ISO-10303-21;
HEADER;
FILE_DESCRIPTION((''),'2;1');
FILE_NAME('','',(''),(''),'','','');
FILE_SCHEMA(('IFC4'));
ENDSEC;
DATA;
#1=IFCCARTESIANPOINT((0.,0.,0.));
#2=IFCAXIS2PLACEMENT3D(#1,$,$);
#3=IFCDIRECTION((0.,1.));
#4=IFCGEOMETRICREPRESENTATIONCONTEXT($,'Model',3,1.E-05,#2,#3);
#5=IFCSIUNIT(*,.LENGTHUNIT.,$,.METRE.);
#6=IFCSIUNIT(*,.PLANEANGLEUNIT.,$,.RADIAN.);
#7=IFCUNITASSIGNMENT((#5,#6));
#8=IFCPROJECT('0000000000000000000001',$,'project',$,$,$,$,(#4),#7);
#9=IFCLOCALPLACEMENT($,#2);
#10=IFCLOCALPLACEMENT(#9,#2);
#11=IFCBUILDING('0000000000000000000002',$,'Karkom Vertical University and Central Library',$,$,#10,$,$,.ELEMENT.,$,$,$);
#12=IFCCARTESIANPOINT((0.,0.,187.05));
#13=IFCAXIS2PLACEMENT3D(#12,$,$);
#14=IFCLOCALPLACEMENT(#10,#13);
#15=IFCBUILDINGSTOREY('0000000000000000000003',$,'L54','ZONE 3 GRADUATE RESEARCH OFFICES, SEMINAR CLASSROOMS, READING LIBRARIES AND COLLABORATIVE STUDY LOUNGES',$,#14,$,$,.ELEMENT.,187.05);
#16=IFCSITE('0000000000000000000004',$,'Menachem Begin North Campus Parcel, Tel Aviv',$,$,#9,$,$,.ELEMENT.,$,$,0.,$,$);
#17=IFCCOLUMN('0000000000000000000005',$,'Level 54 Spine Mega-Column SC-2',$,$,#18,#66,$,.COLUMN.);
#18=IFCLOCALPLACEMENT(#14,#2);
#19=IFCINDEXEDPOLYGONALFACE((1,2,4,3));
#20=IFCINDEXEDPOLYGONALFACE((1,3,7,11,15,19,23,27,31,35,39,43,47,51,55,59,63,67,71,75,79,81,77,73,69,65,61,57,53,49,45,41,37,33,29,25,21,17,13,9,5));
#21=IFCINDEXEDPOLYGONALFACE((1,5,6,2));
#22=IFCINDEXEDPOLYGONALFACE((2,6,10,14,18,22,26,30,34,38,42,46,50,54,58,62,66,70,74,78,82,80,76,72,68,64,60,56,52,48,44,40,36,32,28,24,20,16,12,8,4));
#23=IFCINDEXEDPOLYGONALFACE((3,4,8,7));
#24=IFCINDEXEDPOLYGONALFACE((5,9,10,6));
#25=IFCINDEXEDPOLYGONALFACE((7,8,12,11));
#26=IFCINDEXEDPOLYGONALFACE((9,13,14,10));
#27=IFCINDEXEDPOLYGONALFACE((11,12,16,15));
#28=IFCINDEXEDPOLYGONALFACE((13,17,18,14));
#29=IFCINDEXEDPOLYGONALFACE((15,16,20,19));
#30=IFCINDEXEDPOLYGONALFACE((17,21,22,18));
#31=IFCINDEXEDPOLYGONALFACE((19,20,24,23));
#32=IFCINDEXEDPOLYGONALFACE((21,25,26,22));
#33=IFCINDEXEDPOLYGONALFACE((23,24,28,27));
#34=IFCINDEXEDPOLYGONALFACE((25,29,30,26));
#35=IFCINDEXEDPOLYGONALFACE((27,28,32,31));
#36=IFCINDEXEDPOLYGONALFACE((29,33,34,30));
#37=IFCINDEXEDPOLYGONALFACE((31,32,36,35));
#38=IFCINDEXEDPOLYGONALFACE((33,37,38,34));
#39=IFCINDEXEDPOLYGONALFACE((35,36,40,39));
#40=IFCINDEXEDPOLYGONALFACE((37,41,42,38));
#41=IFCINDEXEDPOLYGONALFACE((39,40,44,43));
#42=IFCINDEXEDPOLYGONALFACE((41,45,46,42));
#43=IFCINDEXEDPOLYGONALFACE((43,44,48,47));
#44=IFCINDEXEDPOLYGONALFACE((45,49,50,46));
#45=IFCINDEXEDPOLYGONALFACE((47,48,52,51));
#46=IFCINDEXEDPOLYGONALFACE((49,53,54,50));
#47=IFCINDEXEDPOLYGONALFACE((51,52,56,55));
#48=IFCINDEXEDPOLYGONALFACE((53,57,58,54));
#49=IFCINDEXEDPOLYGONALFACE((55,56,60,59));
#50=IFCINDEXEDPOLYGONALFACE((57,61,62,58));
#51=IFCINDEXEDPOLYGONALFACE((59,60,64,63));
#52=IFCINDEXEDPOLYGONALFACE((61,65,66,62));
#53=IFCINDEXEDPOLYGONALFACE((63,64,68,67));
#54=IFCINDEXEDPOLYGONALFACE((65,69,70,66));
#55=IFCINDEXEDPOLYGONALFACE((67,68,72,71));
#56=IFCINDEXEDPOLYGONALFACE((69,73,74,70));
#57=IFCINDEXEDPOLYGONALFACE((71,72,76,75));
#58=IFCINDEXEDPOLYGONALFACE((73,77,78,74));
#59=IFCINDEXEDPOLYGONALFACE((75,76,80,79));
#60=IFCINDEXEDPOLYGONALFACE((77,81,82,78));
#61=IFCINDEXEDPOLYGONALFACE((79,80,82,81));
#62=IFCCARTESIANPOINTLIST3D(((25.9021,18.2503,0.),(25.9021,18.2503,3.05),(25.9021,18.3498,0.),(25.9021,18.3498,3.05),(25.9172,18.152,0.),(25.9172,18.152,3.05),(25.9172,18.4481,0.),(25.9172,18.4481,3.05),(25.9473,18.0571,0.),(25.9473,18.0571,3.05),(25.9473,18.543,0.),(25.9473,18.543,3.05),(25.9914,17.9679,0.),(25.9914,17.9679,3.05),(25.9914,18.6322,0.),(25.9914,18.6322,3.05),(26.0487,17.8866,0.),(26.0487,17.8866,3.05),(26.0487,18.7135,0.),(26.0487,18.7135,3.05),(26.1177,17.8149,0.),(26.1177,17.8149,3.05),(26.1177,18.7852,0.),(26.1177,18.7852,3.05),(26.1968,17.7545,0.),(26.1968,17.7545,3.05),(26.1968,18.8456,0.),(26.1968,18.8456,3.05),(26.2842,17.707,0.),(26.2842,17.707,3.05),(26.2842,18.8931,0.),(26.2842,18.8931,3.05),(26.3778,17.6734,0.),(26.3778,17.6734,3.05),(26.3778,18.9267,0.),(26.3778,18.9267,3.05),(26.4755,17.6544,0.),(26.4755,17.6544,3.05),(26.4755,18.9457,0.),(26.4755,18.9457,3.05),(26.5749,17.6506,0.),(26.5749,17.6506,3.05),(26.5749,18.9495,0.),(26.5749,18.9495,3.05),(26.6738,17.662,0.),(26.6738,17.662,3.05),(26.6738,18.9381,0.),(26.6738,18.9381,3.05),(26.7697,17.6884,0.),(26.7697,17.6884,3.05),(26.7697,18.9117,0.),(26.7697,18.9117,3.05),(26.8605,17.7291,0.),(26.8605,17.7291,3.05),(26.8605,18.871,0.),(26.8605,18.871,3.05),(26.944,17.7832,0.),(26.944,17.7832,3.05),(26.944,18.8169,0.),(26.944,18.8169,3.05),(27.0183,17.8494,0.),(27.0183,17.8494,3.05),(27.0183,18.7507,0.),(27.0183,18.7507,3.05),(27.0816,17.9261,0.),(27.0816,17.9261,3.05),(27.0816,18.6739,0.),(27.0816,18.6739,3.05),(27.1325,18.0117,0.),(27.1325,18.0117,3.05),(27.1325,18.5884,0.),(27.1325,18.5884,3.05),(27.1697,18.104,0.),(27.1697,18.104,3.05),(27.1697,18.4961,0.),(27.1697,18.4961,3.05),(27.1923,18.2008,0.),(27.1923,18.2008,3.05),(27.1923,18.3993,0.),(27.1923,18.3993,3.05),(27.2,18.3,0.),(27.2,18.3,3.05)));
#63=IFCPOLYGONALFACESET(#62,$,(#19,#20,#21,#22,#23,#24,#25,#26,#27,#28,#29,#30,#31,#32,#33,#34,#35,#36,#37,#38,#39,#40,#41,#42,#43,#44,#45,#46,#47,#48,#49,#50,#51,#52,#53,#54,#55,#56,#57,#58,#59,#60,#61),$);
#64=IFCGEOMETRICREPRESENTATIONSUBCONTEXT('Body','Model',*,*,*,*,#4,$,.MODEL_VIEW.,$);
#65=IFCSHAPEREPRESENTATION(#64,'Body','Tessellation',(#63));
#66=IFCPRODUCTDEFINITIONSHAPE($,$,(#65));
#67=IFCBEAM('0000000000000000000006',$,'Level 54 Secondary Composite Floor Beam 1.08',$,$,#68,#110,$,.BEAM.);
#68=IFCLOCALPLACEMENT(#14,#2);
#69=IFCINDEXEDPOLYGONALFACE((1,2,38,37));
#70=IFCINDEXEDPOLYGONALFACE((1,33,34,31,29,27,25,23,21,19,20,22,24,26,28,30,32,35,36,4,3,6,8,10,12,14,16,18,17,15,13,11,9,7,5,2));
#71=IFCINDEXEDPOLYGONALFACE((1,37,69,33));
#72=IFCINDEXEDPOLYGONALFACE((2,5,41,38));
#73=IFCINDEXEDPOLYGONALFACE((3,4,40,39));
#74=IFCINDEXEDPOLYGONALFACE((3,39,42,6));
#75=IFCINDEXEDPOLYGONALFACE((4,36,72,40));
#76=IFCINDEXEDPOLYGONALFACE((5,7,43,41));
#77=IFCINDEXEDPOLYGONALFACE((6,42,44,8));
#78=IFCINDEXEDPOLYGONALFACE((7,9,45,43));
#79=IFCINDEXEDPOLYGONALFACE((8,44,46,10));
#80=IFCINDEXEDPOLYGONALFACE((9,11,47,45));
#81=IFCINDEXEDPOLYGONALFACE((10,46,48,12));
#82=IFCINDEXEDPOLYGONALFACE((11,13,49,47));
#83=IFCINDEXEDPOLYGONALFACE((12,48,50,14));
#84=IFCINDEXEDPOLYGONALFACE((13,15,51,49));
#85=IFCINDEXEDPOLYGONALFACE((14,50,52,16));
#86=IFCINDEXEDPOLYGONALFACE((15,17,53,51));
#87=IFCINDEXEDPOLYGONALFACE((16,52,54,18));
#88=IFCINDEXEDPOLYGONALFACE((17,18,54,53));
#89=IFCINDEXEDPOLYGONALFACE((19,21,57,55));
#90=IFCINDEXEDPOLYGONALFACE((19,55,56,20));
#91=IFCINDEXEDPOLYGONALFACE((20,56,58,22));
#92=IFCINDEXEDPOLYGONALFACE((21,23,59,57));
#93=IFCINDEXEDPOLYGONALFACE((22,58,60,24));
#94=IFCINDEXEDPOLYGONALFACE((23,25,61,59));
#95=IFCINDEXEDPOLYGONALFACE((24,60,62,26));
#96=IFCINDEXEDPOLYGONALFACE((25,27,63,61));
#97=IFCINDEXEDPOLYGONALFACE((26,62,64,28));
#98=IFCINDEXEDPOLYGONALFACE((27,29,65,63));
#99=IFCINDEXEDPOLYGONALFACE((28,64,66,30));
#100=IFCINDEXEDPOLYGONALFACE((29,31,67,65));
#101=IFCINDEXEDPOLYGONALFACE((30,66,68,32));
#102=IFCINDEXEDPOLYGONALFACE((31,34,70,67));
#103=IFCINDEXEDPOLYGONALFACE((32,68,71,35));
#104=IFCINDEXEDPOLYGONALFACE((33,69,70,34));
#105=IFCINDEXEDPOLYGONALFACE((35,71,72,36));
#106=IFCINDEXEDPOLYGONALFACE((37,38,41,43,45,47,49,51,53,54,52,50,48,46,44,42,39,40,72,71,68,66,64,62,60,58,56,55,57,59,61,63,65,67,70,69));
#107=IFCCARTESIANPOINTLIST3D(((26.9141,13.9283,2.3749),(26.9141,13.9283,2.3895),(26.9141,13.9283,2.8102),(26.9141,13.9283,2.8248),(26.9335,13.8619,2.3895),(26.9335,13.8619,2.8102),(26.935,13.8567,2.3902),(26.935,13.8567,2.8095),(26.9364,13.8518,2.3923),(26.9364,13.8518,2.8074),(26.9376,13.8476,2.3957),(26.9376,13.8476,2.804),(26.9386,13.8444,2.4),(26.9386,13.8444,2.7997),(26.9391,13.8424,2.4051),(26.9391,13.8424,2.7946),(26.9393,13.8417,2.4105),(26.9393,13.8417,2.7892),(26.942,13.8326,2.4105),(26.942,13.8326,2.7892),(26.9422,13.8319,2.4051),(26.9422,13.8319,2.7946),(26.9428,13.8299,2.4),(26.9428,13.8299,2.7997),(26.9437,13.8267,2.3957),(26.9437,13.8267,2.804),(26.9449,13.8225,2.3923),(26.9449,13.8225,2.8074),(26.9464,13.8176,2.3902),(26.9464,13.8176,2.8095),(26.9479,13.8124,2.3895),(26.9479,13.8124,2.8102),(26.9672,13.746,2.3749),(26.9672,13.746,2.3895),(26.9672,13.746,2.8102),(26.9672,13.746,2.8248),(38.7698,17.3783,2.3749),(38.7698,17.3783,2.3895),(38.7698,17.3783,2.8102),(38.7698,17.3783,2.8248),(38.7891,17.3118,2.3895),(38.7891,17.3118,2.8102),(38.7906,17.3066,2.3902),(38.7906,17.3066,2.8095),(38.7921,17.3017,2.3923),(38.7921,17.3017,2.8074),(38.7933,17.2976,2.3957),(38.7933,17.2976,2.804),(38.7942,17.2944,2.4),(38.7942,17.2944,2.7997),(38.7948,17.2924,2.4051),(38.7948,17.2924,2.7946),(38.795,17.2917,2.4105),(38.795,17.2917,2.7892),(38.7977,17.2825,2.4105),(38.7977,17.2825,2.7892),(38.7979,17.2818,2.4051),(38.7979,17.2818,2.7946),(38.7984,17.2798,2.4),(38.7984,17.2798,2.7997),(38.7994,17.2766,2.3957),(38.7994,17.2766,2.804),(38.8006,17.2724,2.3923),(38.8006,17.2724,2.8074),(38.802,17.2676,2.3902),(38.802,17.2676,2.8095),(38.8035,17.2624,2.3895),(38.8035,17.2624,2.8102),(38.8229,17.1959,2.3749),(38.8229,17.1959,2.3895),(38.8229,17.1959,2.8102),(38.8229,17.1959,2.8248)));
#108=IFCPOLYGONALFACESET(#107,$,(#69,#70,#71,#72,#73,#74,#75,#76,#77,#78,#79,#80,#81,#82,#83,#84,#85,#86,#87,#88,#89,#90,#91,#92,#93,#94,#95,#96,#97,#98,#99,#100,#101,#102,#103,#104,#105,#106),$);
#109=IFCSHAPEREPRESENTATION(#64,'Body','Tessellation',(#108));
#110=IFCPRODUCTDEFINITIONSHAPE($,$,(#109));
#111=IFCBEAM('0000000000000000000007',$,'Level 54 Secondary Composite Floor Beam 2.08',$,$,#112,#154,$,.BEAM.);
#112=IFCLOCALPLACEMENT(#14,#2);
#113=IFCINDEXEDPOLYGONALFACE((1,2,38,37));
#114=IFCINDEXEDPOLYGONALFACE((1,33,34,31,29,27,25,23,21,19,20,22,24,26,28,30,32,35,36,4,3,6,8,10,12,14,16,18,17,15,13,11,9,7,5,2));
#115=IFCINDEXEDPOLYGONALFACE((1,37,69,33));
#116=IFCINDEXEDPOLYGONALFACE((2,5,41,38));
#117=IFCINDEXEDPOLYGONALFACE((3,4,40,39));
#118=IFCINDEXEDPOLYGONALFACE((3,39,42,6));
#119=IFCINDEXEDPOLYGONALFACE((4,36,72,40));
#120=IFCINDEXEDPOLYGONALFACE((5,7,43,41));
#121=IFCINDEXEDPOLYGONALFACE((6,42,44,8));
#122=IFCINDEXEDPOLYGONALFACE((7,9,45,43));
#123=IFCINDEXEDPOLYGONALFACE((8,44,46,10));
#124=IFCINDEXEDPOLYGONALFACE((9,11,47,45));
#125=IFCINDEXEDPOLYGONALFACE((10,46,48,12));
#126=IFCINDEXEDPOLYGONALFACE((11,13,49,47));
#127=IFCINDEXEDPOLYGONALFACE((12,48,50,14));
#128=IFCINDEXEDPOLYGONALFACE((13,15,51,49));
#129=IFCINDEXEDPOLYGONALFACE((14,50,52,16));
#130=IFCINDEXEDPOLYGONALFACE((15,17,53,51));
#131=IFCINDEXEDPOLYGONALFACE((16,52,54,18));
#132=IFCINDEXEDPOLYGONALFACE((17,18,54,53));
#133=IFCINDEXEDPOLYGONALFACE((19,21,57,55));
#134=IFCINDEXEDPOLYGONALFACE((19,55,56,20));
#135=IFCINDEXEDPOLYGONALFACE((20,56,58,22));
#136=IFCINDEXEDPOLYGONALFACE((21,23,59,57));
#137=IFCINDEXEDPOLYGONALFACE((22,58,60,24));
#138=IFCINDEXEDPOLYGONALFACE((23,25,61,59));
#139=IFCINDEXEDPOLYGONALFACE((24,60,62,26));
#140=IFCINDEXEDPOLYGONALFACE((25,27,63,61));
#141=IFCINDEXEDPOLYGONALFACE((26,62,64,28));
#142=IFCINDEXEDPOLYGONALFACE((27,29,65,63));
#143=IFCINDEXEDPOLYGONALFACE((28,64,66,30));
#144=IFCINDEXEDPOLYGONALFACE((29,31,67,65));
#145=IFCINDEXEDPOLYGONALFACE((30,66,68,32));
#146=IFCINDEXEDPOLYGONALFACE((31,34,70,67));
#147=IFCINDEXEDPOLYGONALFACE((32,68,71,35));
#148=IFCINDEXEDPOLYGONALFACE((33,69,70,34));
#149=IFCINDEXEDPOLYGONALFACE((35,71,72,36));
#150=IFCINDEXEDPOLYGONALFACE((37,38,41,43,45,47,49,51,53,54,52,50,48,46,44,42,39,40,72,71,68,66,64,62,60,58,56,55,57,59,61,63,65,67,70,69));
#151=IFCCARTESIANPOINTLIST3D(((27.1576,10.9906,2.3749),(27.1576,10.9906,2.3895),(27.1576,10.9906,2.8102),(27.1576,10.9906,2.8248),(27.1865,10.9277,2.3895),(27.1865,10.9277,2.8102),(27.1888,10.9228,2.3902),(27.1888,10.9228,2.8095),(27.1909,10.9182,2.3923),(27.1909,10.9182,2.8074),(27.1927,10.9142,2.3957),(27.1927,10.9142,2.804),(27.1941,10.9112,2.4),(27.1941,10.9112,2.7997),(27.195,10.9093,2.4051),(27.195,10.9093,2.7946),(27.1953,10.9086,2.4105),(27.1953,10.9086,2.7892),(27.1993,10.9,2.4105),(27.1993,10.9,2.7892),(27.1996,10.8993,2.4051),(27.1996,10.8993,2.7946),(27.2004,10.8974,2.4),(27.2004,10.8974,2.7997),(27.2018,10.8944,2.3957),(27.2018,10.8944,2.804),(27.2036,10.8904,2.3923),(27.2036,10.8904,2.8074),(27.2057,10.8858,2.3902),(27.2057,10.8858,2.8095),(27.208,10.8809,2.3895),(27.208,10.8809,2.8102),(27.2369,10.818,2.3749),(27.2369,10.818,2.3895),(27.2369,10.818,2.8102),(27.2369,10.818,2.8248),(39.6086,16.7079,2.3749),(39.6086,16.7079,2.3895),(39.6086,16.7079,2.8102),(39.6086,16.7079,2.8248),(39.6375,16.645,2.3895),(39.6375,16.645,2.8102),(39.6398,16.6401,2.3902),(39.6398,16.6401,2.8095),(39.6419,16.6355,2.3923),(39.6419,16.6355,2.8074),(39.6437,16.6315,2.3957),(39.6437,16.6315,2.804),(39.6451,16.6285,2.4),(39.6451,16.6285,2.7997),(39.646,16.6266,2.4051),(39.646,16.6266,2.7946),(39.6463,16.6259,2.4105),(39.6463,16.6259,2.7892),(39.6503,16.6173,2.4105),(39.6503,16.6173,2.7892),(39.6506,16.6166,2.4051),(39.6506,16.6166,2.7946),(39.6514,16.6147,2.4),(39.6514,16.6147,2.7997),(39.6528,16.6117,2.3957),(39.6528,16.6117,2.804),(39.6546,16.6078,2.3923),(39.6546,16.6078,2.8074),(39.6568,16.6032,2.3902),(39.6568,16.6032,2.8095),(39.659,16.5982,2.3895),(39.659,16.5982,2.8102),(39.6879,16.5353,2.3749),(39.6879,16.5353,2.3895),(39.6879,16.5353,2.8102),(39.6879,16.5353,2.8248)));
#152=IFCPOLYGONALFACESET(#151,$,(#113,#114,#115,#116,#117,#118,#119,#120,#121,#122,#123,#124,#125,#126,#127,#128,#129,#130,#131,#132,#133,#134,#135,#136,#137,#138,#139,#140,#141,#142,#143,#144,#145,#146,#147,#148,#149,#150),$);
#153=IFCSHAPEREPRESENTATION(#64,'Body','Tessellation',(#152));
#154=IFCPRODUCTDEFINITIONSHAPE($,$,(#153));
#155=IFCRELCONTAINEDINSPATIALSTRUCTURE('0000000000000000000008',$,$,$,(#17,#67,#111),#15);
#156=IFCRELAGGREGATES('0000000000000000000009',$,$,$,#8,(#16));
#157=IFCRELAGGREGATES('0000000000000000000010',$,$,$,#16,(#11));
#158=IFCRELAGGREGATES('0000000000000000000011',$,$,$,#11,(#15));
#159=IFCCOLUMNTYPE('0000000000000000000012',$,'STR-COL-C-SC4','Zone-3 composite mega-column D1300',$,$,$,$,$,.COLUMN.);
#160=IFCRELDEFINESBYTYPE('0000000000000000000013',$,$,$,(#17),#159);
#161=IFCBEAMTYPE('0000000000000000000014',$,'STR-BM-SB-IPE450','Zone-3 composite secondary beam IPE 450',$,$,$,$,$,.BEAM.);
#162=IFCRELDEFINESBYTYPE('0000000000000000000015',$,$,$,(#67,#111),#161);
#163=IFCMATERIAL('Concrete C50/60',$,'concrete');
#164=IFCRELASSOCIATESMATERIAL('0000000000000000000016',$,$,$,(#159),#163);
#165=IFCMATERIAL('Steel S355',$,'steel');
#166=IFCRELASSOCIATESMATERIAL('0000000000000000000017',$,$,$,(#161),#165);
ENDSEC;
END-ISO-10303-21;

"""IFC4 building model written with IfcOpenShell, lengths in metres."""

from ifc_helpers import new_model, si_unit, direction, frame, origin, origin_with_axes, origin_2d, place, context, subcontext, project, spatial, circle, i_section, extrude, source, transform, mapped, material, material_profile, profile_set, type_object, element, save


model = new_model("IFC4")

# Units and contexts
model_context = context("Model", 3, precision=1e-05, world=origin(), true_north=direction((0.0, 1.0)))
body_context = subcontext(model_context, "Body", "Model", "MODEL_VIEW")
ifc_project = project(units=[si_unit("LENGTHUNIT", "METRE"), si_unit("PLANEANGLEUNIT", "RADIAN")], contexts=[model_context])

# Site, building, storey
site_placement = place(None, origin())
site = spatial("IfcSite", under=ifc_project, at=site_placement, Name="Menachem Begin North Campus Parcel, Tel Aviv", CompositionType="ELEMENT", RefElevation=0.0)
building_placement = place(site_placement, origin())
building = spatial("IfcBuilding", under=site, at=building_placement, Name="Karkom Vertical University and Central Library", CompositionType="ELEMENT")
storey_placement = place(building_placement, frame((0.0, 0.0, 187.05)))
storey = spatial("IfcBuildingStorey", under=building, at=storey_placement, Name="L54", Description="ZONE 3 GRADUATE RESEARCH OFFICES, SEMINAR CLASSROOMS, READING LIBRARIES AND COLLABORATIVE STUDY LOUNGES", CompositionType="ELEMENT", Elevation=187.05)

# Column
ifc_material_1 = material(Name="Concrete C50/60", Category="concrete")
ifc_material_profile_1 = material_profile(ifc_material_1, circle(Radius=0.6499, at=origin_2d()), Name="CFT-D1300")
ifc_profile_set_1 = profile_set([ifc_material_profile_1], Name="Concrete C50/60")
column_type = type_object("IfcColumnType", Name="STR-COL-C-SC4", Description="Zone-3 composite mega-column D1300", PredefinedType="COLUMN", material=ifc_profile_set_1)
shared_shape_1 = source(origin_with_axes(), body_context, "Body", "SweptSolid", [
    extrude(circle(Radius=0.6499, at=origin_2d()), origin(), (0.0, 0.0, 1.0), 3.05),
])
column_placement = place(storey_placement, frame((26.55, 18.3, 0.0), z_axis=(0.0, 0.0, 1.0), x_axis=(1.0, 0.0, 0.0)))
element("IfcColumn", 1, at=column_placement, inside=storey, type_object=column_type, Name="Level 54 Spine Mega-Column SC-2", PredefinedType="COLUMN", context=body_context, shape_type="MappedRepresentation", body=[
    mapped(shared_shape_1, transform((0.0, 0.0, 0.0), scale=1.0)),
])

# Beams
ifc_material_2 = material(Name="Steel S355", Category="steel")
ifc_material_profile_2 = material_profile(ifc_material_2, i_section(OverallWidth=0.1899, OverallDepth=0.45, WebThickness=0.0095, FlangeThickness=0.0146, FilletRadius=0.021, at=origin_2d()), Name="IPE 450")
ifc_profile_set_2 = profile_set([ifc_material_profile_2], Name="Steel S355")
beam_type_1 = type_object("IfcBeamType", Name="STR-BM-SB-IPE450", Description="Zone-3 composite secondary beam IPE 450", PredefinedType="BEAM", material=ifc_profile_set_2)
shared_shape_2 = source(origin_with_axes(), body_context, "Body", "SweptSolid", [
    extrude(i_section(OverallWidth=0.1899, OverallDepth=0.45, WebThickness=0.0095, FlangeThickness=0.0146, FilletRadius=0.021, at=origin_2d()), origin(), (0.0, 0.0, 1.0), 12.3474),
])
beam_1_placement = place(storey_placement, frame((26.9407, 13.8372, 2.5999), z_axis=(0.960173, 0.279405, 0.0), x_axis=(-0.279405, 0.960173, 0.0)))
element("IfcBeam", 2, at=beam_1_placement, inside=storey, type_object=beam_type_1, Name="Level 54 Secondary Composite Floor Beam 1.08", PredefinedType="BEAM", context=body_context, shape_type="MappedRepresentation", body=[
    mapped(shared_shape_2, transform((0.0, 0.0, 0.0), scale=1.0)),
])
shared_shape_3 = source(origin_with_axes(), body_context, "Body", "SweptSolid", [
    extrude(i_section(OverallWidth=0.1899, OverallDepth=0.45, WebThickness=0.0095, FlangeThickness=0.0146, FilletRadius=0.021, at=origin_2d()), origin(), (0.0, 0.0, 1.0), 13.7009),
])
beam_2_placement = place(storey_placement, frame((27.1973, 10.9043, 2.5999), z_axis=(0.908771, 0.417295, 0.0), x_axis=(-0.417295, 0.908771, 0.0)))
element("IfcBeam", 3, at=beam_2_placement, inside=storey, type_object=beam_type_1, Name="Level 54 Secondary Composite Floor Beam 2.08", PredefinedType="BEAM", context=body_context, shape_type="MappedRepresentation", body=[
    mapped(shared_shape_3, transform((0.0, 0.0, 0.0), scale=1.0)),
])

save(model, "model.ifc")
